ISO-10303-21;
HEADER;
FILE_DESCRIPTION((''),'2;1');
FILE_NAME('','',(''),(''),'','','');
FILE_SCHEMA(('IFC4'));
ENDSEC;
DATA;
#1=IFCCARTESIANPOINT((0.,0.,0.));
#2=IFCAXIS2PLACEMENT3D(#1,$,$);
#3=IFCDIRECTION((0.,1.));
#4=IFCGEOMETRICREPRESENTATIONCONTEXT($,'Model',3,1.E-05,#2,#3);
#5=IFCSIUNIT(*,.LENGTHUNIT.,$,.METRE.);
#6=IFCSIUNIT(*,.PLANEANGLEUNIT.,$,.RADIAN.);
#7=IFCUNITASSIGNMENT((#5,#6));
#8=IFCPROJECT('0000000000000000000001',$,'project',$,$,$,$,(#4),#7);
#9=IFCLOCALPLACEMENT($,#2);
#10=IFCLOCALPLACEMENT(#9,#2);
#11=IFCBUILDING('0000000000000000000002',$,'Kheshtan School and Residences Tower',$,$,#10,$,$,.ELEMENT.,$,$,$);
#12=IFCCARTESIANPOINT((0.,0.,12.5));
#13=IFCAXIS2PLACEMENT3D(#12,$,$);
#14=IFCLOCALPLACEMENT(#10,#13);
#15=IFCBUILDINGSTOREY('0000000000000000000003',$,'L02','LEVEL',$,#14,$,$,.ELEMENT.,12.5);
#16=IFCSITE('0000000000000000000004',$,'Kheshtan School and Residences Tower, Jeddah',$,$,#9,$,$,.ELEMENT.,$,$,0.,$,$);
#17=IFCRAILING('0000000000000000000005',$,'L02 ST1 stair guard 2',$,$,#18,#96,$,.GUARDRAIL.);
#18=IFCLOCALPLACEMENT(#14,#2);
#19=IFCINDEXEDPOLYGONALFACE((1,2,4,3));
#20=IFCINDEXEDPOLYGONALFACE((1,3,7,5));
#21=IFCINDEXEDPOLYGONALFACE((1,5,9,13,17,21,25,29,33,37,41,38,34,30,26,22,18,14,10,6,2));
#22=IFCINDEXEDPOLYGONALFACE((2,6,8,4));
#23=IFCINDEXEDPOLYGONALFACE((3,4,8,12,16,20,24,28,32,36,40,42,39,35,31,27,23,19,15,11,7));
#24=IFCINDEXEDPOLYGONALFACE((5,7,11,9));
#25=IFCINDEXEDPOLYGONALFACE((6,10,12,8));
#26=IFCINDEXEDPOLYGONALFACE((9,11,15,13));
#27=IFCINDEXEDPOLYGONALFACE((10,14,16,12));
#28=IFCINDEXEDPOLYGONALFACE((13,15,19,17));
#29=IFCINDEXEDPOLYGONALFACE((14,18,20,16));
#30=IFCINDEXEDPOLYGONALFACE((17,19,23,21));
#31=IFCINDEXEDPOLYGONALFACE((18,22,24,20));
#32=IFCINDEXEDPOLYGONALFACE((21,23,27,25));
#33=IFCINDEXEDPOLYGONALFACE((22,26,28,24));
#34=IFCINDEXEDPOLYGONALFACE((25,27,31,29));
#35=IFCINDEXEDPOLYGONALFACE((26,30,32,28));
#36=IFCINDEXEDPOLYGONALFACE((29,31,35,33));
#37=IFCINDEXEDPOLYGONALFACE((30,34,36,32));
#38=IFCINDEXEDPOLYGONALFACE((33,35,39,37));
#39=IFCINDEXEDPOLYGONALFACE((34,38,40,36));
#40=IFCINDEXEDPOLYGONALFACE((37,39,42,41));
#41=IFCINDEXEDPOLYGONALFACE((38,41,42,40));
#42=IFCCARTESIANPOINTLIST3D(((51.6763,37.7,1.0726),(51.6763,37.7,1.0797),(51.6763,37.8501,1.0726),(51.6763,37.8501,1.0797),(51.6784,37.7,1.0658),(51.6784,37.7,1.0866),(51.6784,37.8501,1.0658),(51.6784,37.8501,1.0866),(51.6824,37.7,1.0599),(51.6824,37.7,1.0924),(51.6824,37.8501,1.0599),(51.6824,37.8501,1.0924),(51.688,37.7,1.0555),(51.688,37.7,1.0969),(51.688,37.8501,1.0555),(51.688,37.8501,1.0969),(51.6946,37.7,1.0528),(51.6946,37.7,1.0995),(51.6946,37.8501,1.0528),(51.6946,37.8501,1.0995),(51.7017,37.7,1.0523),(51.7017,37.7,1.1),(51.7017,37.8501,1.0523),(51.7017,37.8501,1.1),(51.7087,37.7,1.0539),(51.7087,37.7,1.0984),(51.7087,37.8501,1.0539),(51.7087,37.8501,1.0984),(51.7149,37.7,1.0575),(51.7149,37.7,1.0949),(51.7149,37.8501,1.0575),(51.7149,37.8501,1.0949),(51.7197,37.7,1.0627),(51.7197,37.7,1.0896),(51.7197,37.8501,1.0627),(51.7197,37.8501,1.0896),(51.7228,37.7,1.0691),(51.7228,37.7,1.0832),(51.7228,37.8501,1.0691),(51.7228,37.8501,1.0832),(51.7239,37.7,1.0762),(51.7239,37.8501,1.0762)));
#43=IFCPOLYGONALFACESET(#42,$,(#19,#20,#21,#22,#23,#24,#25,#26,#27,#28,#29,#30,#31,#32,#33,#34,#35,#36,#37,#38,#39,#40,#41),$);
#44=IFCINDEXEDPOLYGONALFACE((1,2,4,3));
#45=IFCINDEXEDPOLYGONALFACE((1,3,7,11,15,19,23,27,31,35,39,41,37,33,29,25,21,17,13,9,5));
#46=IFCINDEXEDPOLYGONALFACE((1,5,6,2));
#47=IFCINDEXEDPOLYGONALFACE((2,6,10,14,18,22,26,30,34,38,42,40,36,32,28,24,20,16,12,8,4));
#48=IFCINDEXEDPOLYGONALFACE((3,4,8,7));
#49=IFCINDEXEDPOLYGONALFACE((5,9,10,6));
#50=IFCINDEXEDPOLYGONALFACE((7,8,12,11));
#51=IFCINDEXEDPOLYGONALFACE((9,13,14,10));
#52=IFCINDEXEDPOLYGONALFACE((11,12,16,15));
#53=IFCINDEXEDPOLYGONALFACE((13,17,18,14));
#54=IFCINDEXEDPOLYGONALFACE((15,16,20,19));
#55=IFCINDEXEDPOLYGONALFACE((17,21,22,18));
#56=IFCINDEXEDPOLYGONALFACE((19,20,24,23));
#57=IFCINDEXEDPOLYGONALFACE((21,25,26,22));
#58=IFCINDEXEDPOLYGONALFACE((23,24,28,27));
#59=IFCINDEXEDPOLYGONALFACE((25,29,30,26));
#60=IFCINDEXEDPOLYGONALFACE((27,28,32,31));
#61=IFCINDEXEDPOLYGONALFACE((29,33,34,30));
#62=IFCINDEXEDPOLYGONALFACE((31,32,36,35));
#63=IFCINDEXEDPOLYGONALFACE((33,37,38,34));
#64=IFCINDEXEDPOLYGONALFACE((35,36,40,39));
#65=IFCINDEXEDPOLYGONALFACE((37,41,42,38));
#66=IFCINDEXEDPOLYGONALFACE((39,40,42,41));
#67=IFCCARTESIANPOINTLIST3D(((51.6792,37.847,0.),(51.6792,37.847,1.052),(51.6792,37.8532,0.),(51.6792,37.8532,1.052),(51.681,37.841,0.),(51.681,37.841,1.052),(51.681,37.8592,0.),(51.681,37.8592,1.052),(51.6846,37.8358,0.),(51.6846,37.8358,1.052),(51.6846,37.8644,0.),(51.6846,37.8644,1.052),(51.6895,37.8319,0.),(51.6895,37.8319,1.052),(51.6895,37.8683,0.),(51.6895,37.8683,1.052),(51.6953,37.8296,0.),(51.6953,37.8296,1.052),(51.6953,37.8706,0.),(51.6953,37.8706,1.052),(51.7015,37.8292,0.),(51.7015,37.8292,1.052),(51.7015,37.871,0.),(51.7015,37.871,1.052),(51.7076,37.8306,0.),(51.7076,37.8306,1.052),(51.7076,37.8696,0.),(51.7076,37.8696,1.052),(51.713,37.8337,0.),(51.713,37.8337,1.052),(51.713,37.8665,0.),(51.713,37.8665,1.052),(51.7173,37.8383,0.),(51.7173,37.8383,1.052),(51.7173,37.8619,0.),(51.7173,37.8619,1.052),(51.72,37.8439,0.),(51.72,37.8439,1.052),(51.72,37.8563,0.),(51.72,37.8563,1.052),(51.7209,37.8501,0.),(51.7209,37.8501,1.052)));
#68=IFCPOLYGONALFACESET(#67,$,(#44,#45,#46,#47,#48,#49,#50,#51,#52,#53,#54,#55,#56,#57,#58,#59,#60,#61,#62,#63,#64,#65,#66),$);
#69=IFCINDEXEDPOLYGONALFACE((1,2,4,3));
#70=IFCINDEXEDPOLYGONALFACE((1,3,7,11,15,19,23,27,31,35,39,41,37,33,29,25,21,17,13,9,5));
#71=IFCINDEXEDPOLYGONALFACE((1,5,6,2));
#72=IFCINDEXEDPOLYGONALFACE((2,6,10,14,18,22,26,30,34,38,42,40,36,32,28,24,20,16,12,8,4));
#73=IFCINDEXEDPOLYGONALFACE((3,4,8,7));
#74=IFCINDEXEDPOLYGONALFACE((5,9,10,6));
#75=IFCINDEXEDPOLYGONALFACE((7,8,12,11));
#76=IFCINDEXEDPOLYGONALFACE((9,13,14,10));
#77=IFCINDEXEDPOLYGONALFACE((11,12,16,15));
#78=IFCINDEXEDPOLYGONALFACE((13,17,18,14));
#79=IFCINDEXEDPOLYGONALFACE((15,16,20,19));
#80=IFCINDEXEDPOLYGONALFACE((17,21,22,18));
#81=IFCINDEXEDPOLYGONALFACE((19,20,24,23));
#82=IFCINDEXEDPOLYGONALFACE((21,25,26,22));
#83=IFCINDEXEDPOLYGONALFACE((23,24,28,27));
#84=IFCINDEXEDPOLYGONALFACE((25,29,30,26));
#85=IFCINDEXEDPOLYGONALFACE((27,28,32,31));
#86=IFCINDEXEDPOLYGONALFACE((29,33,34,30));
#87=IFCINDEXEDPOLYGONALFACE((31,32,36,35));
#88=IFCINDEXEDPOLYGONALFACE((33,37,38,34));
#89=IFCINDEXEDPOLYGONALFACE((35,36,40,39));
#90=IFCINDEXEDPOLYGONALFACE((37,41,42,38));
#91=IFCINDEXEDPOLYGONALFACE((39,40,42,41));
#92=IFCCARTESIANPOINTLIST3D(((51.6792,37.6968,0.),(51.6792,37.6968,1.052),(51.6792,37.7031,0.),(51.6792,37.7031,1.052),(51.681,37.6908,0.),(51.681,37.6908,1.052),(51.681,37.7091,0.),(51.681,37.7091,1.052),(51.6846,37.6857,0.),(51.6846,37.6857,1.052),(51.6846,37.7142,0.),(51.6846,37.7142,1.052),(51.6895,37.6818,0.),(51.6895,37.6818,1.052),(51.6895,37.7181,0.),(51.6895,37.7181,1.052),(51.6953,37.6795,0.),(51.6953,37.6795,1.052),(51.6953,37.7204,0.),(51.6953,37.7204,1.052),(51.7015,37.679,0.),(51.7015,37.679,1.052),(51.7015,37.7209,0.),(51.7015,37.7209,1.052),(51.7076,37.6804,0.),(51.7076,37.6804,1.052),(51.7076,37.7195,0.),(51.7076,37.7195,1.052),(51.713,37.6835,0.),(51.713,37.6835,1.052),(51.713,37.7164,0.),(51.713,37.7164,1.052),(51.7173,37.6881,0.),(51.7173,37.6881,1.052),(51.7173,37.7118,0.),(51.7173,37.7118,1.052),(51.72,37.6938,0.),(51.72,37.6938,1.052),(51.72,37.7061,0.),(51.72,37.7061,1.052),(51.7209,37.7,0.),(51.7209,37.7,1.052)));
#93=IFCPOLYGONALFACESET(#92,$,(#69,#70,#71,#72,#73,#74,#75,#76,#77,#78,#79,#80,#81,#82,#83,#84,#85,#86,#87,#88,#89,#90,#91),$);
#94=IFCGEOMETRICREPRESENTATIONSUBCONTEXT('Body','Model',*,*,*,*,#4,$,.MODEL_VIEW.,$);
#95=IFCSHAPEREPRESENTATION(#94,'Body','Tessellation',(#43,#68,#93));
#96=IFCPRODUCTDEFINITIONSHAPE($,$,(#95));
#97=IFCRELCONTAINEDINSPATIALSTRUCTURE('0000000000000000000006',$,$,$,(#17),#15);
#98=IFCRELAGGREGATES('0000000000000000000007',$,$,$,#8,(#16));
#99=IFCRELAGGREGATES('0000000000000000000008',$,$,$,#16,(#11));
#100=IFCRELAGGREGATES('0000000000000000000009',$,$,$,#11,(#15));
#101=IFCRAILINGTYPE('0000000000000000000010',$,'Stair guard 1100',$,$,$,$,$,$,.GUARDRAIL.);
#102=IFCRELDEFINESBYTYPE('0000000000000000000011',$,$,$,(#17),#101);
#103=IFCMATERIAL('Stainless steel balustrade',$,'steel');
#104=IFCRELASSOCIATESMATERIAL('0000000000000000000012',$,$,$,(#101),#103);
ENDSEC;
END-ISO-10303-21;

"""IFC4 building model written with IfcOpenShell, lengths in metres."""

from ifc_helpers import new_model, si_unit, direction, frame, origin, origin_2d, place, context, subcontext, project, spatial, circle, extrude, material, type_object, element, save


model = new_model("IFC4")

# Units and contexts
model_context = context("Model", 3, precision=1e-05, world=origin(), true_north=direction((0.0, 1.0)))
body_context = subcontext(model_context, "Body", "Model", "MODEL_VIEW")
ifc_project = project(units=[si_unit("LENGTHUNIT", "METRE"), si_unit("PLANEANGLEUNIT", "RADIAN")], contexts=[model_context])

# Site, building, storey
site_placement = place(None, origin())
site = spatial("IfcSite", under=ifc_project, at=site_placement, Name="Kheshtan School and Residences Tower, Jeddah", CompositionType="ELEMENT", RefElevation=0.0)
building_placement = place(site_placement, origin())
building = spatial("IfcBuilding", under=site, at=building_placement, Name="Kheshtan School and Residences Tower", CompositionType="ELEMENT")
storey_placement = place(building_placement, frame((0.0, 0.0, 12.5)))
storey = spatial("IfcBuildingStorey", under=building, at=storey_placement, Name="L02", Description="LEVEL", CompositionType="ELEMENT", Elevation=12.5)

# Railing
ifc_material_1 = material(Name="Stainless steel balustrade", Category="steel")
railing_type_1 = type_object("IfcRailingType", Name="Stair guard 1100", PredefinedType="GUARDRAIL", material=ifc_material_1)
railing_1_placement = place(storey_placement, frame((51.7, 37.8501, 0.0)))
element("IfcRailing", 1, at=railing_1_placement, inside=storey, type_object=railing_type_1, Name="L02 ST1 stair guard 2", PredefinedType="GUARDRAIL", context=body_context, shape_type="SweptSolid", body=[
    extrude(circle(Radius=0.0239, at=origin_2d()), frame((0.0, 0.0, 1.0762), z_axis=(0.0, -1.0, 0.0), x_axis=(1.0, 0.0, 0.0)), (0.0, 0.0, 1.0), 0.1501),
    extrude(circle(Radius=0.021, at=origin_2d()), origin(), (0.0, 0.0, 1.0), 1.052),
    extrude(circle(Radius=0.021, at=origin_2d()), frame((0.0, -0.1501, 0.0)), (0.0, 0.0, 1.0), 1.052),
])

save(model, "model.ifc")
